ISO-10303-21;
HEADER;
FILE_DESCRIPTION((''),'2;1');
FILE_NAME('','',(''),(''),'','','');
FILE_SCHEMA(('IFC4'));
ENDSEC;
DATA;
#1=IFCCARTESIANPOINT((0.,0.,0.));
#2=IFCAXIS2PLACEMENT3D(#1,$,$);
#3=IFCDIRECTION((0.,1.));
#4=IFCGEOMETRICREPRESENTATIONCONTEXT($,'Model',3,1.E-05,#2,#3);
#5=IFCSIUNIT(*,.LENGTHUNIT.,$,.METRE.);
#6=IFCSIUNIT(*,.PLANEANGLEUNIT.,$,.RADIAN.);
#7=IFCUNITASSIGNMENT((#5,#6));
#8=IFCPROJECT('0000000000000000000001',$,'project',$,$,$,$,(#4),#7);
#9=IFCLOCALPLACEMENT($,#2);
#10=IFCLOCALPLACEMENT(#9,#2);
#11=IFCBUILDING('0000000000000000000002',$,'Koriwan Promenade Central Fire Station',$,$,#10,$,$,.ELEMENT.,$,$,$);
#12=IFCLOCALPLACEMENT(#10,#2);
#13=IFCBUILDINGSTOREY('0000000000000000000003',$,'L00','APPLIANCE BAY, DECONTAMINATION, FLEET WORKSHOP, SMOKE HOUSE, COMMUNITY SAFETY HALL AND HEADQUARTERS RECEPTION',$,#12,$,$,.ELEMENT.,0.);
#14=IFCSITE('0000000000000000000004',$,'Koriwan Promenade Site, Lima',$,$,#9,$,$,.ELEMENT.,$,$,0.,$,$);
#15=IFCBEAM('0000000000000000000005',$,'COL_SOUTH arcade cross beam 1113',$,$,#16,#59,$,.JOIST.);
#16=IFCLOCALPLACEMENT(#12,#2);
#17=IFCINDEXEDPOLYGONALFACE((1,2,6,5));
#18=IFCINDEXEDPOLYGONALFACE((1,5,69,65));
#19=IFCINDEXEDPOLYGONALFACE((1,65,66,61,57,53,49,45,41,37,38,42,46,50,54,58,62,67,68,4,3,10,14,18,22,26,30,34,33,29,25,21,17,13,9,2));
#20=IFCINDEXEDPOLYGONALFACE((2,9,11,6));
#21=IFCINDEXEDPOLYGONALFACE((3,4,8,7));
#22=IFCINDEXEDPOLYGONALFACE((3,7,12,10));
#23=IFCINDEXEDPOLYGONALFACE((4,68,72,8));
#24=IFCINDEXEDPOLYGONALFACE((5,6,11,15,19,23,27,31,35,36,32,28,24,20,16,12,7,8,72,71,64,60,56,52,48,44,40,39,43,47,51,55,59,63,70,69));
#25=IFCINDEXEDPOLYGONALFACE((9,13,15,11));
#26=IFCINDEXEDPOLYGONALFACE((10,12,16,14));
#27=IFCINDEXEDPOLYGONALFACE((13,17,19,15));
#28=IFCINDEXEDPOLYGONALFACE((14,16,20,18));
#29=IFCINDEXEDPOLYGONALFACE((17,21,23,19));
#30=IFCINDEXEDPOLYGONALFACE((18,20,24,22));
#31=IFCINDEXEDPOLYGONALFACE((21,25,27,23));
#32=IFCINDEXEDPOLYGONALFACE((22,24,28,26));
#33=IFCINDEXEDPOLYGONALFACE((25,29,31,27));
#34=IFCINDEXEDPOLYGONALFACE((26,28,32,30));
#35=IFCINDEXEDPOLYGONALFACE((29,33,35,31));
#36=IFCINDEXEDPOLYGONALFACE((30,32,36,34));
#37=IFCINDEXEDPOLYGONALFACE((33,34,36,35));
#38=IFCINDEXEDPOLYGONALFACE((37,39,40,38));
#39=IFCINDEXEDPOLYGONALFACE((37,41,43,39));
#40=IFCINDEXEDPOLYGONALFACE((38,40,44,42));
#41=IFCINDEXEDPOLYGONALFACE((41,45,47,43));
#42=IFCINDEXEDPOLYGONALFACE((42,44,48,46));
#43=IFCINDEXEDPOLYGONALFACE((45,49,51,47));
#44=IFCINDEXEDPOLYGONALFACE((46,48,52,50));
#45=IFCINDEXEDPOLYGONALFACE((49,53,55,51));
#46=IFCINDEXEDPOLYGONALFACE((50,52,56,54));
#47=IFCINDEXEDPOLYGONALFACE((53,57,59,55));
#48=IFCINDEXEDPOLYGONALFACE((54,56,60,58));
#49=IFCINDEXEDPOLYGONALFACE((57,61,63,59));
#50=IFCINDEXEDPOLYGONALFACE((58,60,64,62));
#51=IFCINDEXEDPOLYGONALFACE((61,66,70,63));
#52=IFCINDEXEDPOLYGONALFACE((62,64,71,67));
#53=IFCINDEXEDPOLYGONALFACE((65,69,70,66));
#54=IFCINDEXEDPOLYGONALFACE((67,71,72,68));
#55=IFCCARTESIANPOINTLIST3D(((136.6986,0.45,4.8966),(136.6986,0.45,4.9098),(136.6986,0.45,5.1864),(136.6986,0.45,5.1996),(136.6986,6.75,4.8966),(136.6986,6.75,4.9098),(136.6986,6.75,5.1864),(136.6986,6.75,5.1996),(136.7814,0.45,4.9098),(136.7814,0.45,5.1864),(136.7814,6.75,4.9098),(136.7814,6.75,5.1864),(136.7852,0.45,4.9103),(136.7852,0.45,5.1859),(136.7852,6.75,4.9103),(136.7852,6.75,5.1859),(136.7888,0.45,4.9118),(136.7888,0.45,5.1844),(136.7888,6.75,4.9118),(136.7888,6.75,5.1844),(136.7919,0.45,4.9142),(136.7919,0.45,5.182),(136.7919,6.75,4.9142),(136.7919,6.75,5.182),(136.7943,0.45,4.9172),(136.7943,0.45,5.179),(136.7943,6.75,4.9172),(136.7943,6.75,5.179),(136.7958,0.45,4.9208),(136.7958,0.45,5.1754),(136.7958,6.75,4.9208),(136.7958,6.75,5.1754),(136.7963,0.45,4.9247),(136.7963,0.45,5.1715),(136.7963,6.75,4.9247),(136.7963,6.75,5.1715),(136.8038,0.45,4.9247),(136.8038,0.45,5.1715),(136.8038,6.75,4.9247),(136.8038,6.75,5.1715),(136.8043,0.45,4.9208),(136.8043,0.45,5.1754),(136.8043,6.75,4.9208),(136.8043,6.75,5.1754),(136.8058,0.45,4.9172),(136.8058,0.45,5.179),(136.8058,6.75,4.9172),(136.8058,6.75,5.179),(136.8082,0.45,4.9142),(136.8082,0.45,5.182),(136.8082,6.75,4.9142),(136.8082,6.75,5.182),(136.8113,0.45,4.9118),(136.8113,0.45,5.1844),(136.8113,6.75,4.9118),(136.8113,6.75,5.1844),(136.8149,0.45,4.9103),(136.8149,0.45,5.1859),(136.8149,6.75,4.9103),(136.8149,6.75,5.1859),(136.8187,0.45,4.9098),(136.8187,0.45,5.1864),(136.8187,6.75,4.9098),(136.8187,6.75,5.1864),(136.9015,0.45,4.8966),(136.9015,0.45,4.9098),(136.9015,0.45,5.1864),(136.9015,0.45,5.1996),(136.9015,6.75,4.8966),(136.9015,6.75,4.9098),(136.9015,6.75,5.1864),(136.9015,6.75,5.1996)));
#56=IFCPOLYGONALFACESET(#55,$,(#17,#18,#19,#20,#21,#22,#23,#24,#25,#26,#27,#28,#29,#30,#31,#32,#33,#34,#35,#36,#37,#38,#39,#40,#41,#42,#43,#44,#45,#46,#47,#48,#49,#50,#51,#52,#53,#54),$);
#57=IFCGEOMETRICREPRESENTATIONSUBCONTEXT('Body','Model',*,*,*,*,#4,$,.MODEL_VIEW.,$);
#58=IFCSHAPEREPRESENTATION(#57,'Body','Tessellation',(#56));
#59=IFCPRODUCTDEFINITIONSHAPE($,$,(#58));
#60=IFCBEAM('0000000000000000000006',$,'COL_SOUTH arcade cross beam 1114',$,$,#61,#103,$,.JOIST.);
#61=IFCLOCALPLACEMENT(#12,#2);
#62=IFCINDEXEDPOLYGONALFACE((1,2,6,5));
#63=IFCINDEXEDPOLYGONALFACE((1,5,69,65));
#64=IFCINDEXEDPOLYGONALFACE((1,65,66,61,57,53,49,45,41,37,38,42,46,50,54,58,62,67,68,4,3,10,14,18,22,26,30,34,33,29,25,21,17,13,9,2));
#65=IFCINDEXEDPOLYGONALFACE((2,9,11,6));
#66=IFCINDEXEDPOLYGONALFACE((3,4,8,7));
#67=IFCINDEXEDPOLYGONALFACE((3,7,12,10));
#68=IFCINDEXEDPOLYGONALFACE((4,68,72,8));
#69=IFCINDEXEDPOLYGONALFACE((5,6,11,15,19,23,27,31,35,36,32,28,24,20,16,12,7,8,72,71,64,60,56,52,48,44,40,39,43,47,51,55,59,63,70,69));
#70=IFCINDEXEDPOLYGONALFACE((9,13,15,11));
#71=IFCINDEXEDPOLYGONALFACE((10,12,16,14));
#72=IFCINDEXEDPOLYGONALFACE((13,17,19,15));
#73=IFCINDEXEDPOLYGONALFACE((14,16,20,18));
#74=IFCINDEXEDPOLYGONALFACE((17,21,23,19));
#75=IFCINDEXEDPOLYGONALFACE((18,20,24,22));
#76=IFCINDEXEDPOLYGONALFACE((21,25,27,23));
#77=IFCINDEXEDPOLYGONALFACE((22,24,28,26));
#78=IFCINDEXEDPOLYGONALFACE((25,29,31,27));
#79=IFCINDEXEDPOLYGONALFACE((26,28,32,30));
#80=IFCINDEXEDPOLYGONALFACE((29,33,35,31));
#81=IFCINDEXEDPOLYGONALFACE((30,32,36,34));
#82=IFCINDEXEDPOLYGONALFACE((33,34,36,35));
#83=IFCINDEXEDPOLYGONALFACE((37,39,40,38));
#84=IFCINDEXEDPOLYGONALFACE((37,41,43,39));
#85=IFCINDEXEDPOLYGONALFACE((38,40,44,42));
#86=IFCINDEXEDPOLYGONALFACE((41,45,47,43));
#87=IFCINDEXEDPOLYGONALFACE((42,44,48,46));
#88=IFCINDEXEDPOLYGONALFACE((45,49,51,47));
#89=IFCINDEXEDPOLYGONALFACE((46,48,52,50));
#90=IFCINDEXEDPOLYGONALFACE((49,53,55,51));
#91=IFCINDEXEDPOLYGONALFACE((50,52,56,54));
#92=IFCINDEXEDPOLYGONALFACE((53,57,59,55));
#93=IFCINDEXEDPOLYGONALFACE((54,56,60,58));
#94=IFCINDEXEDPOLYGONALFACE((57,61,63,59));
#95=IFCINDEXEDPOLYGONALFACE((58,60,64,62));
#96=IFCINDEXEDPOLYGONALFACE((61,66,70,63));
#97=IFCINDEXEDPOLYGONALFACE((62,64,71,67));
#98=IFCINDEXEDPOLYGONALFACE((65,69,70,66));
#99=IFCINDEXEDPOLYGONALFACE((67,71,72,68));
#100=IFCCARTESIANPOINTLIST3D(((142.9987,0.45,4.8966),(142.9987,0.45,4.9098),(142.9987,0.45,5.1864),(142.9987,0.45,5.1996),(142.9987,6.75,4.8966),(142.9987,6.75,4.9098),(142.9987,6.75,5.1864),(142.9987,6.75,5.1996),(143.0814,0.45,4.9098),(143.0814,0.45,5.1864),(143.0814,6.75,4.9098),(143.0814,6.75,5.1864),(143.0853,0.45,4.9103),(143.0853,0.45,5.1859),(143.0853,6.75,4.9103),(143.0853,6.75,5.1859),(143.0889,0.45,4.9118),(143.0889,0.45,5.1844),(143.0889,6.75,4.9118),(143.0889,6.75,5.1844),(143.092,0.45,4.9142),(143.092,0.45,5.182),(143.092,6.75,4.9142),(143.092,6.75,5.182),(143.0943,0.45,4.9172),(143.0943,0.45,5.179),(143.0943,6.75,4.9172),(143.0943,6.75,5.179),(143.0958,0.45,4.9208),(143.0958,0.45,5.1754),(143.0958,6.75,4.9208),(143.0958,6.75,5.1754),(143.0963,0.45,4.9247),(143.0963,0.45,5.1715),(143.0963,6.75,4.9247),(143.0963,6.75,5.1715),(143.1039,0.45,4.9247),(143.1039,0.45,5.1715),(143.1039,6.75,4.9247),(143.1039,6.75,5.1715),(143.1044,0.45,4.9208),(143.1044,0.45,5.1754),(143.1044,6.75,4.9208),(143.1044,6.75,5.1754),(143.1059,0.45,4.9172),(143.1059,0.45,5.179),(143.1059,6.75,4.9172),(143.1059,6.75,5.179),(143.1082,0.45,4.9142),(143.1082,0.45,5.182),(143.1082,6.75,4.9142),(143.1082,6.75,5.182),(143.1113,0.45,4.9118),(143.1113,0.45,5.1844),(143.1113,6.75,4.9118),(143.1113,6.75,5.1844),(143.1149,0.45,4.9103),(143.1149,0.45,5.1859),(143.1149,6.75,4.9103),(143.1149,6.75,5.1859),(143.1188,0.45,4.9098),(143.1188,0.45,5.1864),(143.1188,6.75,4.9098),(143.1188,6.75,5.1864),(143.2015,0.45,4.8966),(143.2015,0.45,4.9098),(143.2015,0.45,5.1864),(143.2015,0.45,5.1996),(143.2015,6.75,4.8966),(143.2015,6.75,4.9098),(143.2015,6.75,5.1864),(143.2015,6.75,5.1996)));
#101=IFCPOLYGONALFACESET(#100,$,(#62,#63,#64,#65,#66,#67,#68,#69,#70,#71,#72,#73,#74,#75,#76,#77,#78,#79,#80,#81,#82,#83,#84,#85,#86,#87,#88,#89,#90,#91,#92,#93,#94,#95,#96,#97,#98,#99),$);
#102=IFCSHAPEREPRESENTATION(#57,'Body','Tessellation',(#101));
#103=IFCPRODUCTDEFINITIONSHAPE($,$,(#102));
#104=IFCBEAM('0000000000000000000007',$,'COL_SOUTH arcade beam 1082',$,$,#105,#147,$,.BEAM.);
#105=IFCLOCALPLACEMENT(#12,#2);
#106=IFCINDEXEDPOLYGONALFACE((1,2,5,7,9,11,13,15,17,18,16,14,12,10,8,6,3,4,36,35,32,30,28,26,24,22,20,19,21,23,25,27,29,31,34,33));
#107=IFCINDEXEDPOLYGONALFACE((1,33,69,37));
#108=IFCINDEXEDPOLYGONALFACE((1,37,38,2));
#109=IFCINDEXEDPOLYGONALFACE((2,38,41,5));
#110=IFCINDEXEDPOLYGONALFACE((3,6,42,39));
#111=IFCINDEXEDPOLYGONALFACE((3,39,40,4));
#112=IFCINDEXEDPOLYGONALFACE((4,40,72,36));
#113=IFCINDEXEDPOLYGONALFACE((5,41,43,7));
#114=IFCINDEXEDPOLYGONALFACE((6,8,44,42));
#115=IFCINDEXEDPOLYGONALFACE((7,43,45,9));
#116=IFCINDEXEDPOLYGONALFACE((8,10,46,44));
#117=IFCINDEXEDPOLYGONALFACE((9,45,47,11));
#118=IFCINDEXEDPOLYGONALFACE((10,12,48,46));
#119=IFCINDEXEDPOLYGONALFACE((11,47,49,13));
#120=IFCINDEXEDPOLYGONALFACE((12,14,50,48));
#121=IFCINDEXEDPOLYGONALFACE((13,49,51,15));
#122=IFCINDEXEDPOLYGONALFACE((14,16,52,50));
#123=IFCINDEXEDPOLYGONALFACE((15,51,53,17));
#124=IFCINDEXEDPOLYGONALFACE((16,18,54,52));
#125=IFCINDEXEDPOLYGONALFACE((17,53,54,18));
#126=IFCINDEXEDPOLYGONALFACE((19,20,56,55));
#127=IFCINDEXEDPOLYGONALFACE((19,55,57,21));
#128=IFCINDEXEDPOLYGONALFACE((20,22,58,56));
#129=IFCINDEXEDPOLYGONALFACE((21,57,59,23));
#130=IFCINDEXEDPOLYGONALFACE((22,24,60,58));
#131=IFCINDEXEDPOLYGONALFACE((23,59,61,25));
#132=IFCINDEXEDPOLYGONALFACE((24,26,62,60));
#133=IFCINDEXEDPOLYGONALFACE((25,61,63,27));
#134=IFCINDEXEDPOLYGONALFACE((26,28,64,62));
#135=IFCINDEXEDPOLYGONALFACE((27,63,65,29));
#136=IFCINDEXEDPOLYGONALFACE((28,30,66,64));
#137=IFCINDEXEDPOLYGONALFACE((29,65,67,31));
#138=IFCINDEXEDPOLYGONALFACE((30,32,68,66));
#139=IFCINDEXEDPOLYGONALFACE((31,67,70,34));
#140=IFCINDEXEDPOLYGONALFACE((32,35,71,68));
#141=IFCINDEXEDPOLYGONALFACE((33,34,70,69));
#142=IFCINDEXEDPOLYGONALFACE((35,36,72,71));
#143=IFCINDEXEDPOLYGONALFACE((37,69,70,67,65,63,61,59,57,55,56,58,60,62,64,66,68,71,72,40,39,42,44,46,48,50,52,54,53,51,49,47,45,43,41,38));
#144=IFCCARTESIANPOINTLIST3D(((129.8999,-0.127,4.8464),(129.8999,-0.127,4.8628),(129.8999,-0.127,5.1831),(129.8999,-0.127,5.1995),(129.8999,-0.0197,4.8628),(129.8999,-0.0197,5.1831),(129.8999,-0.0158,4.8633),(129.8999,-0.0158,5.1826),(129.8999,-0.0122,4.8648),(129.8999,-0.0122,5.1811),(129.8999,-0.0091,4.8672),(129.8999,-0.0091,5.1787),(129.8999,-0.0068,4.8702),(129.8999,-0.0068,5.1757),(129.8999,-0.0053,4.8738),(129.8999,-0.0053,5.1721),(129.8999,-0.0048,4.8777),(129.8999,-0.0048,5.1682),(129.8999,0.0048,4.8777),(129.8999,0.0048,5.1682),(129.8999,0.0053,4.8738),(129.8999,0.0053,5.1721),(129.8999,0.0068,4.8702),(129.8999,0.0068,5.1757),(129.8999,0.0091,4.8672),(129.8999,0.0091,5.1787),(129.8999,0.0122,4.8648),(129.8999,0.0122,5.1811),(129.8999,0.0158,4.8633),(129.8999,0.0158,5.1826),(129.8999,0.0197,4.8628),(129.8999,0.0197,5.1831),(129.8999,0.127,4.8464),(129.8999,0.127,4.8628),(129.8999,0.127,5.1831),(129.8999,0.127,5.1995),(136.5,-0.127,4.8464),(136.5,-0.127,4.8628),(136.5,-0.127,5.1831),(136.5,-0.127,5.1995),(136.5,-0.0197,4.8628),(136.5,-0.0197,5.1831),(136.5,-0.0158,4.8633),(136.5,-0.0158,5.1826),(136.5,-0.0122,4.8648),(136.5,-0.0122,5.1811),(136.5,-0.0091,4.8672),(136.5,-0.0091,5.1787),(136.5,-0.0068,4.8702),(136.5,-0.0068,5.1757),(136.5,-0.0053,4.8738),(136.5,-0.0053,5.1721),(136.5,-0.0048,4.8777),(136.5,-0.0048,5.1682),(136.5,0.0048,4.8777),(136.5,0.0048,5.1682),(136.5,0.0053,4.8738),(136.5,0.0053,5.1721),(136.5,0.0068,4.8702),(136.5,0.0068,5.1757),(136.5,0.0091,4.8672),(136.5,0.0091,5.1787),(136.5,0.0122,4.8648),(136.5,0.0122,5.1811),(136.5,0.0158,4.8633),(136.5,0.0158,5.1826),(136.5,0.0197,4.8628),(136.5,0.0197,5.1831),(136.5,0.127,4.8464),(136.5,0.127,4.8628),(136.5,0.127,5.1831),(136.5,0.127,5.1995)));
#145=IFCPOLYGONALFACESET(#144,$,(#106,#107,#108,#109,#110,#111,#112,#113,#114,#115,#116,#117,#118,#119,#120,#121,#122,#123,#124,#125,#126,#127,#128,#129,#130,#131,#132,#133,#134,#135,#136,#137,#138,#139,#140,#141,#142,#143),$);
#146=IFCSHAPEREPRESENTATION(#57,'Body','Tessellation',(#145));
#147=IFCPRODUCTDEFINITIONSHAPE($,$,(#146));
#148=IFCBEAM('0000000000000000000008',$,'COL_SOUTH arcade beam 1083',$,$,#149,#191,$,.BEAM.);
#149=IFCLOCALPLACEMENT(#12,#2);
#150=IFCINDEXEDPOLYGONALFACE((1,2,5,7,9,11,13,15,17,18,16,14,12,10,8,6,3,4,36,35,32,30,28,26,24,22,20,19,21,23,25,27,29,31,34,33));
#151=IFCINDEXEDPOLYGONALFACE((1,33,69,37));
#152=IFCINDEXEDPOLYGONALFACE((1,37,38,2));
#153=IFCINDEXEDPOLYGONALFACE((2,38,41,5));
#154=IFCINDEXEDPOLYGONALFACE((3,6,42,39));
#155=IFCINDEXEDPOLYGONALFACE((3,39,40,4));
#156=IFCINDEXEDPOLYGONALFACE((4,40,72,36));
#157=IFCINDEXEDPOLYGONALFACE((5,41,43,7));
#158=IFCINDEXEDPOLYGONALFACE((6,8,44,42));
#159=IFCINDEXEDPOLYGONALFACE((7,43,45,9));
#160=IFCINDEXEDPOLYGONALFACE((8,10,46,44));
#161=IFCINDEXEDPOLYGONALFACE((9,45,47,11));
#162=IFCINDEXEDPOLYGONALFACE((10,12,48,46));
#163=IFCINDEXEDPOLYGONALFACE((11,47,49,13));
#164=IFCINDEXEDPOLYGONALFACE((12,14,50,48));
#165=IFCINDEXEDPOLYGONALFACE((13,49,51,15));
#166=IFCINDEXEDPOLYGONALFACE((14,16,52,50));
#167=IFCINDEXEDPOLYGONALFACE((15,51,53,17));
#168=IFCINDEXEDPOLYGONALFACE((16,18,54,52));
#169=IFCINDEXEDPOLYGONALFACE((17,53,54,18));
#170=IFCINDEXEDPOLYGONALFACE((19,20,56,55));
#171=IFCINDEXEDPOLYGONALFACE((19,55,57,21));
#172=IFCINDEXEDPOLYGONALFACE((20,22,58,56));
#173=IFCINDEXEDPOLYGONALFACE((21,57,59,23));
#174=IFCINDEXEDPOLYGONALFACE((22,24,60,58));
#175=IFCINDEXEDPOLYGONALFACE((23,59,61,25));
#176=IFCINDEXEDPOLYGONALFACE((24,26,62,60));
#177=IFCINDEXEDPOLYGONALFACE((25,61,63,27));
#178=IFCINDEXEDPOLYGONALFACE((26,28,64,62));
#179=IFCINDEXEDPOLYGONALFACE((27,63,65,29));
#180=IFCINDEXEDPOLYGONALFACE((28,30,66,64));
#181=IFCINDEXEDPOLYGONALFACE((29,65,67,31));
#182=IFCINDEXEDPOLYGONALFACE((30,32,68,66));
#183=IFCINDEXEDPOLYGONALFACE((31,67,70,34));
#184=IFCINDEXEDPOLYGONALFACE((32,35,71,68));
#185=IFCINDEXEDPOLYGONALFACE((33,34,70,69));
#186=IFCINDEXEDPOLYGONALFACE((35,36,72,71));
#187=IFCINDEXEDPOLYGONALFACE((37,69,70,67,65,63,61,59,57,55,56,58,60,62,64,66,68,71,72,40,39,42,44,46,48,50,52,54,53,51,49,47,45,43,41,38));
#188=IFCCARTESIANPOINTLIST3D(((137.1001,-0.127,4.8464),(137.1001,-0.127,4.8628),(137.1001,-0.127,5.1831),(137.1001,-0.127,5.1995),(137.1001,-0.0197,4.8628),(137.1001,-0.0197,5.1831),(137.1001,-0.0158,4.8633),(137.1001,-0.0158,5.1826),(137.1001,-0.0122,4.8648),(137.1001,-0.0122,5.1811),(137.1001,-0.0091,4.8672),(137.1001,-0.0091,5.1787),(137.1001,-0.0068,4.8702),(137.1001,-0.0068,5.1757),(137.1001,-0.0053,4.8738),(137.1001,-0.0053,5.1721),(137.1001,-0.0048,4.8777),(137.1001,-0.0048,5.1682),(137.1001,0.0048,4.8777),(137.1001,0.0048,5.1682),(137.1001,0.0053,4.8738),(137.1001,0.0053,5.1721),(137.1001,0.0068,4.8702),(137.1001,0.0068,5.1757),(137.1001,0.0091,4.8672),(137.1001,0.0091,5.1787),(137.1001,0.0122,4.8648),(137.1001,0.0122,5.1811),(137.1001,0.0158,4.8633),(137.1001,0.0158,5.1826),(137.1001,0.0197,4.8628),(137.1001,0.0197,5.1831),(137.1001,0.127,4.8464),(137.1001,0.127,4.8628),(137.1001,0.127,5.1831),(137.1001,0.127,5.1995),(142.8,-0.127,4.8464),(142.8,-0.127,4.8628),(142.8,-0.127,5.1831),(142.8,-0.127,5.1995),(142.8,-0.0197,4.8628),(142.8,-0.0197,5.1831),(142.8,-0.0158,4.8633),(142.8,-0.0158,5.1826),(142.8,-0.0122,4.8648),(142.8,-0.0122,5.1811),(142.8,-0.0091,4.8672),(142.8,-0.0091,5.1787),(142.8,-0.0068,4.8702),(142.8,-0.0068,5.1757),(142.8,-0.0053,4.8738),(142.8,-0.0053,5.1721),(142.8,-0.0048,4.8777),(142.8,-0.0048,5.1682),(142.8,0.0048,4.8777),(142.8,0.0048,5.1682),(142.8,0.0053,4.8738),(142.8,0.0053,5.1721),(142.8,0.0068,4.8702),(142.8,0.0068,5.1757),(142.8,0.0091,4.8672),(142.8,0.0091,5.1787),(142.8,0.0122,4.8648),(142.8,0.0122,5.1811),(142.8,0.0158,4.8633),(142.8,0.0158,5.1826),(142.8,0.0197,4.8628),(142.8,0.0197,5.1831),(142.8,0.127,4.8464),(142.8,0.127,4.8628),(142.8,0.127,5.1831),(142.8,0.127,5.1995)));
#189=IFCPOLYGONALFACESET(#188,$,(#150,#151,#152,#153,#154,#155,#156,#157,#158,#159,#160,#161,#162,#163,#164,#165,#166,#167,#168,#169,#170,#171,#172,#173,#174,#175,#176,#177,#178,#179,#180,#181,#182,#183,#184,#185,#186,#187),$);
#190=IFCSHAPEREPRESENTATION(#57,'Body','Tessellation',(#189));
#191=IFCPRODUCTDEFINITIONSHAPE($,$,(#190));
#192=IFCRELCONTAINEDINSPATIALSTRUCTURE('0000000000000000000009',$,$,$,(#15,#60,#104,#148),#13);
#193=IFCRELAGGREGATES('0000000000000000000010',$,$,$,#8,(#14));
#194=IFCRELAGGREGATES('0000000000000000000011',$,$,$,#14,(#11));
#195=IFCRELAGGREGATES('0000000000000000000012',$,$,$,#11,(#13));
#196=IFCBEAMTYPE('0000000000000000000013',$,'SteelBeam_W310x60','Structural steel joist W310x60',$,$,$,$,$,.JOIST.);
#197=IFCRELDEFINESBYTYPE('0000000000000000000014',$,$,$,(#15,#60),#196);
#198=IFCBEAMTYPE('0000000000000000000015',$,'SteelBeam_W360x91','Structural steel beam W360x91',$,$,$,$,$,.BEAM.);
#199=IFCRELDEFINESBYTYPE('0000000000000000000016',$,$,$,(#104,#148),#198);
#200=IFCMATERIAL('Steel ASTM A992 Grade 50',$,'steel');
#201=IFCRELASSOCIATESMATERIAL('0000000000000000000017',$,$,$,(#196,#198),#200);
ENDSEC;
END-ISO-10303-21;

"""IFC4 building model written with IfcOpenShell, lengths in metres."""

from ifc_helpers import new_model, si_unit, direction, frame, origin, origin_2d, place, context, subcontext, project, spatial, i_section, extrude, material, material_profile, profile_set, type_object, element, save


model = new_model("IFC4")

# Units and contexts
model_context = context("Model", 3, precision=1e-05, world=origin(), true_north=direction((0.0, 1.0)))
body_context = subcontext(model_context, "Body", "Model", "MODEL_VIEW")
ifc_project = project(units=[si_unit("LENGTHUNIT", "METRE"), si_unit("PLANEANGLEUNIT", "RADIAN")], contexts=[model_context])

# Site, building, storey
site_placement = place(None, origin())
site = spatial("IfcSite", under=ifc_project, at=site_placement, Name="Koriwan Promenade Site, Lima", CompositionType="ELEMENT", RefElevation=0.0)
building_placement = place(site_placement, origin())
building = spatial("IfcBuilding", under=site, at=building_placement, Name="Koriwan Promenade Central Fire Station", CompositionType="ELEMENT")
storey_placement = place(building_placement, origin())
storey = spatial("IfcBuildingStorey", under=building, at=storey_placement, Name="L00", Description="APPLIANCE BAY, DECONTAMINATION, FLEET WORKSHOP, SMOKE HOUSE, COMMUNITY SAFETY HALL AND HEADQUARTERS RECEPTION", CompositionType="ELEMENT", Elevation=0.0)

# Beams
ifc_material_1 = material(Name="Steel ASTM A992 Grade 50", Category="steel")
ifc_material_profile_1 = material_profile(ifc_material_1, i_section(OverallWidth=0.2029, OverallDepth=0.303, WebThickness=0.0076, FlangeThickness=0.0132, FilletRadius=0.0149, at=origin_2d()), Name="W310x60")
ifc_profile_set_1 = profile_set([ifc_material_profile_1], Name="Steel ASTM A992 Grade 50")
beam_type_1 = type_object("IfcBeamType", Name="SteelBeam_W310x60", Description="Structural steel joist W310x60", PredefinedType="JOIST", material=ifc_profile_set_1)
for number, where, z_axis, x_axis, name in (
    (1, (136.8, 0.45, 5.0481), (0.0, 1.0, 0.0), (-1.0, 0.0, 0.0), "COL_SOUTH arcade cross beam 1113"),
    (2, (143.1001, 0.45, 5.0481), (0.0, 1.0, 0.0), (-1.0, 0.0, 0.0), "COL_SOUTH arcade cross beam 1114"),
):
    element("IfcBeam", number, at=place(storey_placement, frame(where, z_axis=z_axis, x_axis=x_axis)), inside=storey, type_object=beam_type_1, Name=name, PredefinedType="JOIST", context=body_context, shape_type="SweptSolid", body=[
        extrude(i_section(OverallWidth=0.2029, OverallDepth=0.303, WebThickness=0.0076, FlangeThickness=0.0132, FilletRadius=0.0149, at=origin_2d()), origin(), (0.0, 0.0, 1.0), 6.3),
    ])
ifc_material_profile_2 = material_profile(ifc_material_1, i_section(OverallWidth=0.2539, OverallDepth=0.353, WebThickness=0.0095, FlangeThickness=0.0164, FilletRadius=0.0149, at=origin_2d()), Name="W360x91")
ifc_profile_set_2 = profile_set([ifc_material_profile_2], Name="Steel ASTM A992 Grade 50")
beam_type_2 = type_object("IfcBeamType", Name="SteelBeam_W360x91", Description="Structural steel beam W360x91", PredefinedType="BEAM", material=ifc_profile_set_2)
beam_1_placement = place(storey_placement, frame((129.8999, 0.0, 5.0229), z_axis=(1.0, 0.0, 0.0), x_axis=(0.0, 1.0, 0.0)))
element("IfcBeam", 3, at=beam_1_placement, inside=storey, type_object=beam_type_2, Name="COL_SOUTH arcade beam 1082", PredefinedType="BEAM", context=body_context, shape_type="SweptSolid", body=[
    extrude(i_section(OverallWidth=0.2539, OverallDepth=0.353, WebThickness=0.0095, FlangeThickness=0.0164, FilletRadius=0.0149, at=origin_2d()), origin(), (0.0, 0.0, 1.0), 6.6001),
])
beam_2_placement = place(storey_placement, frame((137.1001, 0.0, 5.0229), z_axis=(1.0, 0.0, 0.0), x_axis=(0.0, 1.0, 0.0)))
element("IfcBeam", 4, at=beam_2_placement, inside=storey, type_object=beam_type_2, Name="COL_SOUTH arcade beam 1083", PredefinedType="BEAM", context=body_context, shape_type="SweptSolid", body=[
    extrude(i_section(OverallWidth=0.2539, OverallDepth=0.353, WebThickness=0.0095, FlangeThickness=0.0164, FilletRadius=0.0149, at=origin_2d()), origin(), (0.0, 0.0, 1.0), 5.7),
])

save(model, "model.ifc")
